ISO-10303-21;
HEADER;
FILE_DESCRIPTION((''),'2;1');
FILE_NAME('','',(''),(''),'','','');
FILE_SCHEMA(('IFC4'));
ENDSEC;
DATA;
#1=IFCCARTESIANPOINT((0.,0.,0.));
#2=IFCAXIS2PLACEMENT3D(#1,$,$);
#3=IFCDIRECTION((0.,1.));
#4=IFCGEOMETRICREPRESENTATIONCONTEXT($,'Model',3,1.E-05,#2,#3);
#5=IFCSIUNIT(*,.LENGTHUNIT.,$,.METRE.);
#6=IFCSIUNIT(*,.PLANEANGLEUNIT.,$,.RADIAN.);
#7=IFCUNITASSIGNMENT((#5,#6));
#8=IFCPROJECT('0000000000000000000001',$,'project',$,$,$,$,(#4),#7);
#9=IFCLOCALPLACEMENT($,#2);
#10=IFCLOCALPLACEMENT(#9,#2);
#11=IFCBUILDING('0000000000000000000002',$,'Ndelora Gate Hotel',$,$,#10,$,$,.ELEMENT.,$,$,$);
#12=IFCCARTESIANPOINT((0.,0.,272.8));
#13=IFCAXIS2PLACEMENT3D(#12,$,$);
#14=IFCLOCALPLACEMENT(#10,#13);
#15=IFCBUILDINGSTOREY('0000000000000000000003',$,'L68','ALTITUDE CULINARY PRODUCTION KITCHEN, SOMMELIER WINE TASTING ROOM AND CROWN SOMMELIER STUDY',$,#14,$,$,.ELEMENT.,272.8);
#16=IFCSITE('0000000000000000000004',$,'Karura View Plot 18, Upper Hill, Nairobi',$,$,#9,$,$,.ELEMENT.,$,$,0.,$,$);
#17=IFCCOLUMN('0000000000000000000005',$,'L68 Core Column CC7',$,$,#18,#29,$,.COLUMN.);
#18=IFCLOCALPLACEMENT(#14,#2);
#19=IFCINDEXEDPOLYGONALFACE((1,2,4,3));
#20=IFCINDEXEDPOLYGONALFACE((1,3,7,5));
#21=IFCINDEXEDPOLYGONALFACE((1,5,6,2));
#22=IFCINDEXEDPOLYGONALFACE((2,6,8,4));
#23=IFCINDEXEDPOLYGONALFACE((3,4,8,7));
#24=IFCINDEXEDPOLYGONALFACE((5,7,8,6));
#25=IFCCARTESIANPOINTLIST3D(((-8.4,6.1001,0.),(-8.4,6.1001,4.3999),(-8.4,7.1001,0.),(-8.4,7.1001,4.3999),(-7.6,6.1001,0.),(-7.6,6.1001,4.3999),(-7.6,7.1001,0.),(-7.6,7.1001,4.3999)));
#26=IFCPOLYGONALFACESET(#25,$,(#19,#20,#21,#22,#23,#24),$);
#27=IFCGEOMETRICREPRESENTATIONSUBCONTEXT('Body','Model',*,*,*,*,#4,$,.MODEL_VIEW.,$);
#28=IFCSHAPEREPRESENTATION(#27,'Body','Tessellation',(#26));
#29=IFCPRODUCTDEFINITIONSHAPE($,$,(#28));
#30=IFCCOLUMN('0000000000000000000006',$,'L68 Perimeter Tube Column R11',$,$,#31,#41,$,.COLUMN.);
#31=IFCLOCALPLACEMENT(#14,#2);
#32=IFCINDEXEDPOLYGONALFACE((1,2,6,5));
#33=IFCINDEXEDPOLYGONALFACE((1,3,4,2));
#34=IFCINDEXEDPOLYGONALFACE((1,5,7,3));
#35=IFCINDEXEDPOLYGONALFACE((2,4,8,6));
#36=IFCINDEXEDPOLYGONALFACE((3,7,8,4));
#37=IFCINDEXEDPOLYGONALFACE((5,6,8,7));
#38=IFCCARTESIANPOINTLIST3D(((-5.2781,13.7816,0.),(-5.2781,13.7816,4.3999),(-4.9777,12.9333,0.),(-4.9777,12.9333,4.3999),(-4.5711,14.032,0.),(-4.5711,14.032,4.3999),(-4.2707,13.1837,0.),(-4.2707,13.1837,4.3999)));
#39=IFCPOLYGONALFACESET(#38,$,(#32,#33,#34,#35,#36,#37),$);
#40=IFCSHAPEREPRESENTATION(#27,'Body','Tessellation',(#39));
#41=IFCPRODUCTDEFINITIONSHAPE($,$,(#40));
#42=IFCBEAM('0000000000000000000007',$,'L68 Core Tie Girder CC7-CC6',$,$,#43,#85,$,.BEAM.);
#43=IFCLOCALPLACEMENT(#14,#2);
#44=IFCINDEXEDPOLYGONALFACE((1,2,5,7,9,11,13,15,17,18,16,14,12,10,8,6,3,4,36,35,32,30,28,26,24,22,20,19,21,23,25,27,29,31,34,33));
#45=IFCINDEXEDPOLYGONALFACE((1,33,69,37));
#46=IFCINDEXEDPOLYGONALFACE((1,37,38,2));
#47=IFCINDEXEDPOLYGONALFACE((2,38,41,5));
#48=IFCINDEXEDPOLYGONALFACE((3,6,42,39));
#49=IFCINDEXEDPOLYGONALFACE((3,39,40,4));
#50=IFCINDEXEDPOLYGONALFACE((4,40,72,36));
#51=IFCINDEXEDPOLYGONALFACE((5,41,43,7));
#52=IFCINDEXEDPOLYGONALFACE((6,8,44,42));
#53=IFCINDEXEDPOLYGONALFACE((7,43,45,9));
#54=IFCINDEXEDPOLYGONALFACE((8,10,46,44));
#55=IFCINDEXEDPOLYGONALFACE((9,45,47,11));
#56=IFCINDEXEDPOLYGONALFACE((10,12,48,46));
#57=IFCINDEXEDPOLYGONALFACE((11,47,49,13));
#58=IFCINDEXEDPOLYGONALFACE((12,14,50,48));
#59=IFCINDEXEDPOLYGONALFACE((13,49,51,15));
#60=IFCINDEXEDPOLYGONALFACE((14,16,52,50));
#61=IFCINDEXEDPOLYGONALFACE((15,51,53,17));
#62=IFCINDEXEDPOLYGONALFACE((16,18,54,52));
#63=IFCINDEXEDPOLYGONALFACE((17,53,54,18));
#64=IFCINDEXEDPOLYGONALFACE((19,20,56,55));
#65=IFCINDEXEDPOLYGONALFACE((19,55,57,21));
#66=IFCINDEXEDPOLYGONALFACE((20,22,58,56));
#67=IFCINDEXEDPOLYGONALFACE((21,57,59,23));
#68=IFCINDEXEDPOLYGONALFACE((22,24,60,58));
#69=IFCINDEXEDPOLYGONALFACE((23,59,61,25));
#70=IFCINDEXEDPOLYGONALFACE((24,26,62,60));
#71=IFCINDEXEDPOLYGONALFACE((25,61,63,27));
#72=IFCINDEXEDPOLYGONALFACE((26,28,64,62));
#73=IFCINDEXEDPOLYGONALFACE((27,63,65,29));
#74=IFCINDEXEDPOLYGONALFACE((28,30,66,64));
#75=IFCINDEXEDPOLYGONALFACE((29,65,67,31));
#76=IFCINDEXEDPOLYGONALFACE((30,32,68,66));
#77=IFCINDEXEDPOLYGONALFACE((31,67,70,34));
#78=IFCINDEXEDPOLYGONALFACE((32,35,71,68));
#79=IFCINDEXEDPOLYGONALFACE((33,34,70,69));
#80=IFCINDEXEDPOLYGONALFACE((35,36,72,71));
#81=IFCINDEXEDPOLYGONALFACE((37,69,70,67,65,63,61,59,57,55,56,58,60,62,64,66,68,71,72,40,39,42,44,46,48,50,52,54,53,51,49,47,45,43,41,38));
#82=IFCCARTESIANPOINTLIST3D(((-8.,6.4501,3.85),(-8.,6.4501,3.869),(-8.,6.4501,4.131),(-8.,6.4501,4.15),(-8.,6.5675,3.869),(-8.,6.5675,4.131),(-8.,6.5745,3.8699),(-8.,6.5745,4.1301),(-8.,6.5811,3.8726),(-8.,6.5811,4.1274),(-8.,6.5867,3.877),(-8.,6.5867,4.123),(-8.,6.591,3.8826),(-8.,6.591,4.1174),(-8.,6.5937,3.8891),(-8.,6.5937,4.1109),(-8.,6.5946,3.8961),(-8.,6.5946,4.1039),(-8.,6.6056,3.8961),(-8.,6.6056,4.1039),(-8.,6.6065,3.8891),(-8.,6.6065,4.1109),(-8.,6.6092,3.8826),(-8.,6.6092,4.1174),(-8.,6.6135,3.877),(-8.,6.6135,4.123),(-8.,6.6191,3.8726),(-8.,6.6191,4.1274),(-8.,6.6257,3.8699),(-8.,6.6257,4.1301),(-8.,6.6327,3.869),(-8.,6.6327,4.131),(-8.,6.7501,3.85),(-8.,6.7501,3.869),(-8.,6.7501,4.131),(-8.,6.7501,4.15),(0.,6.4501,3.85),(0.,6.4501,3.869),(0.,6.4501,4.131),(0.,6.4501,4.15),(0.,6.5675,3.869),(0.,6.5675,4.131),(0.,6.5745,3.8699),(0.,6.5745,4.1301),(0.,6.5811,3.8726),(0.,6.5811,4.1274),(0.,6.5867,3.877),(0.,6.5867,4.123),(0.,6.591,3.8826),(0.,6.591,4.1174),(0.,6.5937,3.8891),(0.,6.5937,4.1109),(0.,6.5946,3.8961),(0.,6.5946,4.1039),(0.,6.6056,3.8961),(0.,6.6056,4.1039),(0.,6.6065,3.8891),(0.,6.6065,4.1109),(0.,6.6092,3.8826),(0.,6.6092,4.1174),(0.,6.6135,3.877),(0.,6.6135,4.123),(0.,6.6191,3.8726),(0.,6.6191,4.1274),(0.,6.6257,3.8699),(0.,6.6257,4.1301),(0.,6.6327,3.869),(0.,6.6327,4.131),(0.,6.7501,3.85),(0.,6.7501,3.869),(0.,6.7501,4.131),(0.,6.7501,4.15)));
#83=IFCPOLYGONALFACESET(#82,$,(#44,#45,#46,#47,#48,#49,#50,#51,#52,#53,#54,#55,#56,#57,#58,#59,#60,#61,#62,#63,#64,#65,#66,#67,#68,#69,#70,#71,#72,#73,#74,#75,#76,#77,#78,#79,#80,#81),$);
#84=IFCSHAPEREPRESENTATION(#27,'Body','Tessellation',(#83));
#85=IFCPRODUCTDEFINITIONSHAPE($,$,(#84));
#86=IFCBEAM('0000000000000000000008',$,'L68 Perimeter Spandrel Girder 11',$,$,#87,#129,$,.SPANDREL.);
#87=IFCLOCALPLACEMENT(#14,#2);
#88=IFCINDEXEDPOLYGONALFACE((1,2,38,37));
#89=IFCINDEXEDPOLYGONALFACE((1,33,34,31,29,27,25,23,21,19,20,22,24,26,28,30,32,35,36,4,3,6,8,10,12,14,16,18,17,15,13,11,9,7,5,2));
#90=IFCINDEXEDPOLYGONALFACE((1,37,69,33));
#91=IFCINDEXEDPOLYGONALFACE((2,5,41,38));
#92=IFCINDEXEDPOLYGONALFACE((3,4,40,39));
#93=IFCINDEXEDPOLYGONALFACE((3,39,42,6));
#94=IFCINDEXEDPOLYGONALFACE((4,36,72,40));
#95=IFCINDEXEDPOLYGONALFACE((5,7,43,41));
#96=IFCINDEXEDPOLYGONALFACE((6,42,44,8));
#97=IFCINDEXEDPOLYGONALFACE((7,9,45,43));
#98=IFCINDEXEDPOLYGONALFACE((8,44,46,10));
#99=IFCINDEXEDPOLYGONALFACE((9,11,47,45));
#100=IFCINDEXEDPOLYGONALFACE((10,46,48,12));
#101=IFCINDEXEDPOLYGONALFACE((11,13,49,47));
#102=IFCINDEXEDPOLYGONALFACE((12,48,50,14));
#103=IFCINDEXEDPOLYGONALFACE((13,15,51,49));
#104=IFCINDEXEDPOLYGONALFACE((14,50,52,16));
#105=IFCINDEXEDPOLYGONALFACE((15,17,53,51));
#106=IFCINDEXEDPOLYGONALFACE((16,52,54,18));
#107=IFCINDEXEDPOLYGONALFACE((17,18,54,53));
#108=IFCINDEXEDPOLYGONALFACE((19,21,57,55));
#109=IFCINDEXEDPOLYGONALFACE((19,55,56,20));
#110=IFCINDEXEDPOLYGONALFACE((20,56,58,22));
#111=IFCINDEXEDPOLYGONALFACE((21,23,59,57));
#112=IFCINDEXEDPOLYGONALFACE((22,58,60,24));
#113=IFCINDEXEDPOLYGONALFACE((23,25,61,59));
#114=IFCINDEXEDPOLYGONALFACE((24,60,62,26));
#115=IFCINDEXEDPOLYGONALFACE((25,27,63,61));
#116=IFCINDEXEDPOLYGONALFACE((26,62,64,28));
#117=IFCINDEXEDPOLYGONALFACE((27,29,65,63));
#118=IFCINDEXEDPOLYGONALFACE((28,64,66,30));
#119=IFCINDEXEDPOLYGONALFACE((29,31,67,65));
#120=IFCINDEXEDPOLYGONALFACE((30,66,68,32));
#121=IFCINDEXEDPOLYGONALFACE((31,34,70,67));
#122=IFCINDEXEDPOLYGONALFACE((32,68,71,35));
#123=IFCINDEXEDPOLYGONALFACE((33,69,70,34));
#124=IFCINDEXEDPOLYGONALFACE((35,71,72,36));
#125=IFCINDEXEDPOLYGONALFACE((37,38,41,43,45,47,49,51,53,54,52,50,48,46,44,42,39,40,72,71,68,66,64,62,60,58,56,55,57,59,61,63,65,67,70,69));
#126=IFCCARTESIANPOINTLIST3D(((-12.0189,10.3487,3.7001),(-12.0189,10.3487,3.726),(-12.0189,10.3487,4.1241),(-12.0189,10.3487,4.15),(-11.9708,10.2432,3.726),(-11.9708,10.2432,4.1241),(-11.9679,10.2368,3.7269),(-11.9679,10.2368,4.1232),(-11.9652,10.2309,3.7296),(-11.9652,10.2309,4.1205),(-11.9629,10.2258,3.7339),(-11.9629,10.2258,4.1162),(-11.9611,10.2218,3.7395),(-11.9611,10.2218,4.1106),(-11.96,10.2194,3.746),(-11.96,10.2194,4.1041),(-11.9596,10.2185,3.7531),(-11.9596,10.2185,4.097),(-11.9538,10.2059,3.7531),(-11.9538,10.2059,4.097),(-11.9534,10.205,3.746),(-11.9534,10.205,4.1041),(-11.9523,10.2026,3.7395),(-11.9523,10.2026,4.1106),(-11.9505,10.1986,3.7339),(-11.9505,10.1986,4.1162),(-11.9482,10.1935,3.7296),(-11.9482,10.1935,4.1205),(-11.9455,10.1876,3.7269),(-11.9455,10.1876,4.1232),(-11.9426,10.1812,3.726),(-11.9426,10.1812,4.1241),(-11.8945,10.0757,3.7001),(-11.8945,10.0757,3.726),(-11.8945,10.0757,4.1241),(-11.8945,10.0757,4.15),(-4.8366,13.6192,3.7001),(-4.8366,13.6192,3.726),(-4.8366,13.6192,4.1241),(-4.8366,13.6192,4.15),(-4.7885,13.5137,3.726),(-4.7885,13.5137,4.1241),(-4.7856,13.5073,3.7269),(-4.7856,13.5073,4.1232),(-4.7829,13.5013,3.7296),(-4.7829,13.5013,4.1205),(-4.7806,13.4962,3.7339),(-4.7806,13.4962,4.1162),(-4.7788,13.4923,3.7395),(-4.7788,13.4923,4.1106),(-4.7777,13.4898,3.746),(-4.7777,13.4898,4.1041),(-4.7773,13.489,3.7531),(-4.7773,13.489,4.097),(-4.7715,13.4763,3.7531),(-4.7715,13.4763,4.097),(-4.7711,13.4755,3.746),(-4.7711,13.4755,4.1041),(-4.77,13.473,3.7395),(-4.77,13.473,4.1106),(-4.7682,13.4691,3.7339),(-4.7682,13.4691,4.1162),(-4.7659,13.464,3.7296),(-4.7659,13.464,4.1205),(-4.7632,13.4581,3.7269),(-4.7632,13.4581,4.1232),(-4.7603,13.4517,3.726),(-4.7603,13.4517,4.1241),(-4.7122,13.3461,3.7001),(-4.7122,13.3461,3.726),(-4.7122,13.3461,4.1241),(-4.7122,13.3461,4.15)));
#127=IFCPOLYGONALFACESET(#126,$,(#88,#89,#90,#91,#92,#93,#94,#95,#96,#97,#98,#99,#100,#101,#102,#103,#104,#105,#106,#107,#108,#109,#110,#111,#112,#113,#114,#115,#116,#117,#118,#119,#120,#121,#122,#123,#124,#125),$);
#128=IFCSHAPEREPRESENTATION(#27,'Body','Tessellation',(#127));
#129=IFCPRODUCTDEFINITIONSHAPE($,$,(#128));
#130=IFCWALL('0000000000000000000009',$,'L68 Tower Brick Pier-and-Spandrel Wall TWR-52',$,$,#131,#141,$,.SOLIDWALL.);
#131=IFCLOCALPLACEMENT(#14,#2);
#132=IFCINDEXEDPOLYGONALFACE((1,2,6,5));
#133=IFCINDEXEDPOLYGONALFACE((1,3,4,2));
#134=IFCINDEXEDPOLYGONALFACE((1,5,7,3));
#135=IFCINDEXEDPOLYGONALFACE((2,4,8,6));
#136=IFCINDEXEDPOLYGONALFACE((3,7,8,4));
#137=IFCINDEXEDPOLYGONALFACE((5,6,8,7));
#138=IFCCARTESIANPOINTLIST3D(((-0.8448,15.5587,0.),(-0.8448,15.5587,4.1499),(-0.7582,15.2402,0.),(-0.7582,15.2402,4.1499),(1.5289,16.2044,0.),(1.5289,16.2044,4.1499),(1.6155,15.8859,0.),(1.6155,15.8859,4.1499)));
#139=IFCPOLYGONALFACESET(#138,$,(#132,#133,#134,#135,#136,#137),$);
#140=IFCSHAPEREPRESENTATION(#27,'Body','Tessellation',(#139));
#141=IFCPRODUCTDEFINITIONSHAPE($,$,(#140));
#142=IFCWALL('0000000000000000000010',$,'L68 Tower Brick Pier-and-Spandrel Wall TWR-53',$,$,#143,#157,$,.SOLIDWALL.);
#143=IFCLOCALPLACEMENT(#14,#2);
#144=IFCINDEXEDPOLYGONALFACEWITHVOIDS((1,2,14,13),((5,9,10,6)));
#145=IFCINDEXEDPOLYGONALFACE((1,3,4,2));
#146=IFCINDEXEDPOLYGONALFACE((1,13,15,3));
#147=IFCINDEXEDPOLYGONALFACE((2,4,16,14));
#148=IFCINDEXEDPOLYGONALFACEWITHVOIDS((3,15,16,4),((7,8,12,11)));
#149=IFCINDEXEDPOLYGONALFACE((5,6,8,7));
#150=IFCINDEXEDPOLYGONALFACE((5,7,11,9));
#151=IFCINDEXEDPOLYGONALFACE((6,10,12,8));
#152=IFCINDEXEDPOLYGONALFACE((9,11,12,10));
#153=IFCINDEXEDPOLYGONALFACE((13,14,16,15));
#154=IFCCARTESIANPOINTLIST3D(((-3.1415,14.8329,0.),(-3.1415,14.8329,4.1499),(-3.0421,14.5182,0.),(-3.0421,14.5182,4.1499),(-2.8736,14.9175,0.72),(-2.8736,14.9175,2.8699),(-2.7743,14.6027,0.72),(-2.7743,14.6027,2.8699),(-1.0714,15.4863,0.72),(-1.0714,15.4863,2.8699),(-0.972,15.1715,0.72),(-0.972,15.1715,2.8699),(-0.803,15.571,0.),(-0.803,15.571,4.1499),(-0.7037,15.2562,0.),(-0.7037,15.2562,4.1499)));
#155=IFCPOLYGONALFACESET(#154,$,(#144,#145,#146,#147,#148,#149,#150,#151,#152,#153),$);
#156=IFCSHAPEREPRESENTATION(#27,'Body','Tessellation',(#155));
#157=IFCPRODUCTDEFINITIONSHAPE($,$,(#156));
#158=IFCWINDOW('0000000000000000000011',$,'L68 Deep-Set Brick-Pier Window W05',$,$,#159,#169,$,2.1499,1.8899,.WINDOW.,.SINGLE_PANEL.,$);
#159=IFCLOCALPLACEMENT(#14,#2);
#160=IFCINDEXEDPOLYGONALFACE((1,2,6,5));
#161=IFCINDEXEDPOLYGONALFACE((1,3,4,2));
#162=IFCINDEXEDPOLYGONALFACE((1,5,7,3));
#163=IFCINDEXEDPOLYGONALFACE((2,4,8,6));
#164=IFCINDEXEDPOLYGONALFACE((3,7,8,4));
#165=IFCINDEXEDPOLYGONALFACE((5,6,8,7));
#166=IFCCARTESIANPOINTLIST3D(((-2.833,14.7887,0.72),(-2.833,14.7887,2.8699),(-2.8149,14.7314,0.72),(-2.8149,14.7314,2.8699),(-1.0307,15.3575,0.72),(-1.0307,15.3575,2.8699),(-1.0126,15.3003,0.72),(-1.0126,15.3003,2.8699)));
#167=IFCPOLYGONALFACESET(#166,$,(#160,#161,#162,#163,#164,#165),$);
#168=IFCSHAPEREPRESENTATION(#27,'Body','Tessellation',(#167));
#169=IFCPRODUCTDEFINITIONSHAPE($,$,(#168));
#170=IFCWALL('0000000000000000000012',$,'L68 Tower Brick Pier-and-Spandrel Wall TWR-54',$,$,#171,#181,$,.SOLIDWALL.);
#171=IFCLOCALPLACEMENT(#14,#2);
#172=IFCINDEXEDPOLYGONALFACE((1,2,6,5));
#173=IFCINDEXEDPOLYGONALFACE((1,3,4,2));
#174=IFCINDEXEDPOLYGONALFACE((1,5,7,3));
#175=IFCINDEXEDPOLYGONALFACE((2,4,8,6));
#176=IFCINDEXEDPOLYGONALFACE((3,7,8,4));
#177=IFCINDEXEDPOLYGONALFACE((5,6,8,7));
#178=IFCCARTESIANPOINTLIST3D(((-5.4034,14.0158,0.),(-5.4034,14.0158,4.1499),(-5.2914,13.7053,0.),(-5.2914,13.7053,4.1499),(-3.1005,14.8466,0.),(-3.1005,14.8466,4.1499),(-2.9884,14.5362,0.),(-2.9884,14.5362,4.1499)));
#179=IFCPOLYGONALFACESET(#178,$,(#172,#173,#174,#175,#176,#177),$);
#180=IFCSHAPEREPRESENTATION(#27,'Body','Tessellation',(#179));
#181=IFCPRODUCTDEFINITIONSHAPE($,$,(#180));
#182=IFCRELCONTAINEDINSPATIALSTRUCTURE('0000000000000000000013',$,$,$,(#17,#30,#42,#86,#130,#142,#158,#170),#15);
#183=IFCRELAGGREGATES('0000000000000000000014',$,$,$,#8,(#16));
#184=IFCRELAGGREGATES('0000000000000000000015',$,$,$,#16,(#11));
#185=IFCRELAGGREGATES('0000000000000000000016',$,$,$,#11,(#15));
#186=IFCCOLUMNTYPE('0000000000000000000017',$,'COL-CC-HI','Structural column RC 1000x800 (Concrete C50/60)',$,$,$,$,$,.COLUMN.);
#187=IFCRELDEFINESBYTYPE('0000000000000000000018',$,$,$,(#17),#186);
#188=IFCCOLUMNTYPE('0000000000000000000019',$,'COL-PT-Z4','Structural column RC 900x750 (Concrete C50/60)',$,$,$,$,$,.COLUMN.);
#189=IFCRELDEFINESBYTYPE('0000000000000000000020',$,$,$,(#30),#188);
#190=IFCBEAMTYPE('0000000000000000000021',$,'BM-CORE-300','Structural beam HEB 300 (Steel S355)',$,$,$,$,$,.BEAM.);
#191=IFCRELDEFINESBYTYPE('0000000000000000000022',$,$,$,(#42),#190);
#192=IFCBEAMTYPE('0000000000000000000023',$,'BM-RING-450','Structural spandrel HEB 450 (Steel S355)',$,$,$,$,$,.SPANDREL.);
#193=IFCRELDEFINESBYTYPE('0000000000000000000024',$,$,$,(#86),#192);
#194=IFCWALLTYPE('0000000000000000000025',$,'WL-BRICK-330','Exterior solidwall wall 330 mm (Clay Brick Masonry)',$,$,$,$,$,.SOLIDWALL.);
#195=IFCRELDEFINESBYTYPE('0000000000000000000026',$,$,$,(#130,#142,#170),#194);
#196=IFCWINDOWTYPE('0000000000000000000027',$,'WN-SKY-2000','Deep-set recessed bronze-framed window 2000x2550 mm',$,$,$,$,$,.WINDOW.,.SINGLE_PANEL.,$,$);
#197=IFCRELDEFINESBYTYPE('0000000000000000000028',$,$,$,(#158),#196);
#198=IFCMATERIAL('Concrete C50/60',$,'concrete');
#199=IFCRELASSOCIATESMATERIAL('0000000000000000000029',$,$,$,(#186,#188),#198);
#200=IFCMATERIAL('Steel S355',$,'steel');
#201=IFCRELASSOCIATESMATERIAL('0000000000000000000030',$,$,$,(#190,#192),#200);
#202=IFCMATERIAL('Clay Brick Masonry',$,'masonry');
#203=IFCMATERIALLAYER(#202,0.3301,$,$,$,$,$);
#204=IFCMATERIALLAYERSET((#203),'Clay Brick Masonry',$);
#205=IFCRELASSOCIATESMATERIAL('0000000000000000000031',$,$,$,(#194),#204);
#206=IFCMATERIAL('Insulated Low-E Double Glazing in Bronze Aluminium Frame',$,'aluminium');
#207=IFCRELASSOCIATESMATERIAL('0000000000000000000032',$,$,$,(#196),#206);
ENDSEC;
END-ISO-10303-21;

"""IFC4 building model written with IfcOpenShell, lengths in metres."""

from ifc_helpers import new_model, si_unit, direction, frame, frame_2d, origin, origin_2d, place, context, subcontext, project, spatial, rectangle, i_section, extrude, material, layer, layer_set, material_profile, profile_set, type_object, element, fill, save


model = new_model("IFC4")

# Units and contexts
model_context = context("Model", 3, precision=1e-05, world=origin(), true_north=direction((0.0, 1.0)))
body_context = subcontext(model_context, "Body", "Model", "MODEL_VIEW")
ifc_project = project(units=[si_unit("LENGTHUNIT", "METRE"), si_unit("PLANEANGLEUNIT", "RADIAN")], contexts=[model_context])

# Site, building, storey
site_placement = place(None, origin())
site = spatial("IfcSite", under=ifc_project, at=site_placement, Name="Karura View Plot 18, Upper Hill, Nairobi", CompositionType="ELEMENT", RefElevation=0.0)
building_placement = place(site_placement, origin())
building = spatial("IfcBuilding", under=site, at=building_placement, Name="Ndelora Gate Hotel", CompositionType="ELEMENT")
storey_placement = place(building_placement, frame((0.0, 0.0, 272.8)))
storey = spatial("IfcBuildingStorey", under=building, at=storey_placement, Name="L68", Description="ALTITUDE CULINARY PRODUCTION KITCHEN, SOMMELIER WINE TASTING ROOM AND CROWN SOMMELIER STUDY", CompositionType="ELEMENT", Elevation=272.8)

# Columns
ifc_material_1 = material(Name="Concrete C50/60", Category="concrete")
ifc_material_profile_1 = material_profile(ifc_material_1, rectangle(XDim=0.8, YDim=1.0, at=origin_2d()), Name="RC 1000x800")
ifc_profile_set_1 = profile_set([ifc_material_profile_1], Name="Concrete C50/60")
column_type_1 = type_object("IfcColumnType", Name="COL-CC-HI", Description="Structural column RC 1000x800 (Concrete C50/60)", PredefinedType="COLUMN", material=ifc_profile_set_1)
column_1_placement = place(storey_placement, frame((-8.0, 6.6001, 0.0), z_axis=(0.0, 0.0, 1.0), x_axis=(1.0, 0.0, 0.0)))
element("IfcColumn", 1, at=column_1_placement, inside=storey, type_object=column_type_1, Name="L68 Core Column CC7", PredefinedType="COLUMN", context=body_context, shape_type="SweptSolid", body=[
    extrude(rectangle(XDim=0.8, YDim=1.0, at=origin_2d()), origin(), (0.0, 0.0, 1.0), 4.3999),
])
ifc_material_profile_2 = material_profile(ifc_material_1, rectangle(XDim=0.75, YDim=0.8999, at=origin_2d()), Name="RC 900x750")
ifc_profile_set_2 = profile_set([ifc_material_profile_2], Name="Concrete C50/60")
column_type_2 = type_object("IfcColumnType", Name="COL-PT-Z4", Description="Structural column RC 900x750 (Concrete C50/60)", PredefinedType="COLUMN", material=ifc_profile_set_2)
column_2_placement = place(storey_placement, frame((-4.7744, 13.4827, 0.0), z_axis=(0.0, 0.0, 1.0), x_axis=(0.942641, 0.333807, 0.0)))
element("IfcColumn", 2, at=column_2_placement, inside=storey, type_object=column_type_2, Name="L68 Perimeter Tube Column R11", PredefinedType="COLUMN", context=body_context, shape_type="SweptSolid", body=[
    extrude(rectangle(XDim=0.75, YDim=0.8999, at=origin_2d()), origin(), (0.0, 0.0, 1.0), 4.3999),
])

# Beams
ifc_material_2 = material(Name="Steel S355", Category="steel")
ifc_material_profile_3 = material_profile(ifc_material_2, i_section(OverallWidth=0.3, OverallDepth=0.3, WebThickness=0.011, FlangeThickness=0.019, FilletRadius=0.0271, at=origin_2d()), Name="HEB 300")
ifc_profile_set_3 = profile_set([ifc_material_profile_3], Name="Steel S355")
beam_type_1 = type_object("IfcBeamType", Name="BM-CORE-300", Description="Structural beam HEB 300 (Steel S355)", PredefinedType="BEAM", material=ifc_profile_set_3)
beam_1_placement = place(storey_placement, frame((-8.0, 6.6001, 4.0), z_axis=(1.0, 0.0, 0.0), x_axis=(0.0, 1.0, 0.0)))
element("IfcBeam", 3, at=beam_1_placement, inside=storey, type_object=beam_type_1, Name="L68 Core Tie Girder CC7-CC6", PredefinedType="BEAM", context=body_context, shape_type="SweptSolid", body=[
    extrude(i_section(OverallWidth=0.3, OverallDepth=0.3, WebThickness=0.011, FlangeThickness=0.019, FilletRadius=0.0271, at=origin_2d()), origin(), (0.0, 0.0, 1.0), 8.0),
])
ifc_material_profile_4 = material_profile(ifc_material_2, i_section(OverallWidth=0.3, OverallDepth=0.45, WebThickness=0.0139, FlangeThickness=0.0259, FilletRadius=0.0271, at=origin_2d()), Name="HEB 450")
ifc_profile_set_4 = profile_set([ifc_material_profile_4], Name="Steel S355")
beam_type_2 = type_object("IfcBeamType", Name="BM-RING-450", Description="Structural spandrel HEB 450 (Steel S355)", PredefinedType="SPANDREL", material=ifc_profile_set_4)
beam_2_placement = place(storey_placement, frame((-4.7744, 13.4827, 3.925), z_axis=(-0.91009, -0.414411, 0.0), x_axis=(0.414411, -0.91009, 0.0)))
element("IfcBeam", 4, at=beam_2_placement, inside=storey, type_object=beam_type_2, Name="L68 Perimeter Spandrel Girder 11", PredefinedType="SPANDREL", context=body_context, shape_type="SweptSolid", body=[
    extrude(i_section(OverallWidth=0.3, OverallDepth=0.45, WebThickness=0.0139, FlangeThickness=0.0259, FilletRadius=0.0271, at=origin_2d()), origin(), (0.0, 0.0, 1.0), 7.8918),
])

# Wall
ifc_material_3 = material(Name="Clay Brick Masonry", Category="masonry")
ifc_layer_1 = layer(ifc_material_3, 0.3301)
ifc_layer_set_1 = layer_set([ifc_layer_1], Name="Clay Brick Masonry")
wall_type_1 = type_object("IfcWallType", Name="WL-BRICK-330", Description="Exterior solidwall wall 330 mm (Clay Brick Masonry)", PredefinedType="SOLIDWALL", material=ifc_layer_set_1)
wall_1_placement = place(storey_placement, frame((-0.8015, 15.3994, 0.0), z_axis=(0.0, 0.0, 1.0), x_axis=(0.964933, 0.262496, 0.0)))
element("IfcWall", 5, at=wall_1_placement, inside=storey, type_object=wall_type_1, Name="L68 Tower Brick Pier-and-Spandrel Wall TWR-52", PredefinedType="SOLIDWALL", context=body_context, shape_type="SweptSolid", body=[
    extrude(rectangle(XDim=2.46, YDim=0.3301, at=frame_2d((1.23, 0.0))), origin(), (0.0, 0.0, 1.0), 4.1499),
])

# Wall, opening, window
wall_2_placement = place(storey_placement, frame((-3.0918, 14.6755, 0.0), z_axis=(0.0, 0.0, 1.0), x_axis=(0.953629, 0.300984, 0.0)))
wall_2 = element("IfcWall", 6, at=wall_2_placement, inside=storey, type_object=wall_type_1, Name="L68 Tower Brick Pier-and-Spandrel Wall TWR-53", PredefinedType="SOLIDWALL", context=body_context, shape_type="SweptSolid", body=[
    extrude(rectangle(XDim=2.4521, YDim=0.3301, at=frame_2d((1.2261, 0.0))), origin(), (0.0, 0.0, 1.0), 4.1499),
])
opening_1_placement = place(wall_2_placement, frame((0.281, 0.0, 0.72)))
opening_1 = element("IfcOpeningElement", 7, at=opening_1_placement, cuts=wall_2, PredefinedType="OPENING", context=body_context, shape_type="SweptSolid", body=[
    extrude(rectangle(XDim=1.8899, YDim=2.1499, at=frame_2d((0.9448, 1.075))), frame((0.0, 0.175, 0.0), z_axis=(0.0, -1.0, 0.0), x_axis=(1.0, 0.0, 0.0)), (0.0, 0.0, 1.0), 0.3501),
])
ifc_material_4 = material(Name="Insulated Low-E Double Glazing in Bronze Aluminium Frame", Category="aluminium")
window_type = type_object("IfcWindowType", Name="WN-SKY-2000", Description="Deep-set recessed bronze-framed window 2000x2550 mm", PartitioningType="SINGLE_PANEL", PredefinedType="WINDOW", material=ifc_material_4)
window_placement = place(opening_1_placement, origin())
window = element("IfcWindow", 8, at=window_placement, inside=storey, type_object=window_type, Name="L68 Deep-Set Brick-Pier Window W05", OverallHeight=2.1499, OverallWidth=1.8899, PartitioningType="SINGLE_PANEL", PredefinedType="WINDOW", context=body_context, shape_type="SweptSolid", body=[
    extrude(rectangle(XDim=1.8899, YDim=2.1499, at=frame_2d((0.9448, 1.075))), frame((0.0, 0.03, 0.0), z_axis=(0.0, -1.0, 0.0), x_axis=(1.0, 0.0, 0.0)), (0.0, 0.0, 1.0), 0.0601),
])
fill(opening_1, window)

# Wall
for number, where, z_axis, x_axis, name in (
    (9, (-5.3474, 13.8606, 0.0), (0.0, 0.0, 1.0), (0.940661, 0.339348, 0.0), "L68 Tower Brick Pier-and-Spandrel Wall TWR-54"),
):
    element("IfcWall", number, at=place(storey_placement, frame(where, z_axis=z_axis, x_axis=x_axis)), inside=storey, type_object=wall_type_1, Name=name, PredefinedType="SOLIDWALL", context=body_context, shape_type="SweptSolid", body=[
        extrude(rectangle(XDim=2.4482, YDim=0.3301, at=frame_2d((1.2241, 0.0))), origin(), (0.0, 0.0, 1.0), 4.1499),
    ])

save(model, "model.ifc")
